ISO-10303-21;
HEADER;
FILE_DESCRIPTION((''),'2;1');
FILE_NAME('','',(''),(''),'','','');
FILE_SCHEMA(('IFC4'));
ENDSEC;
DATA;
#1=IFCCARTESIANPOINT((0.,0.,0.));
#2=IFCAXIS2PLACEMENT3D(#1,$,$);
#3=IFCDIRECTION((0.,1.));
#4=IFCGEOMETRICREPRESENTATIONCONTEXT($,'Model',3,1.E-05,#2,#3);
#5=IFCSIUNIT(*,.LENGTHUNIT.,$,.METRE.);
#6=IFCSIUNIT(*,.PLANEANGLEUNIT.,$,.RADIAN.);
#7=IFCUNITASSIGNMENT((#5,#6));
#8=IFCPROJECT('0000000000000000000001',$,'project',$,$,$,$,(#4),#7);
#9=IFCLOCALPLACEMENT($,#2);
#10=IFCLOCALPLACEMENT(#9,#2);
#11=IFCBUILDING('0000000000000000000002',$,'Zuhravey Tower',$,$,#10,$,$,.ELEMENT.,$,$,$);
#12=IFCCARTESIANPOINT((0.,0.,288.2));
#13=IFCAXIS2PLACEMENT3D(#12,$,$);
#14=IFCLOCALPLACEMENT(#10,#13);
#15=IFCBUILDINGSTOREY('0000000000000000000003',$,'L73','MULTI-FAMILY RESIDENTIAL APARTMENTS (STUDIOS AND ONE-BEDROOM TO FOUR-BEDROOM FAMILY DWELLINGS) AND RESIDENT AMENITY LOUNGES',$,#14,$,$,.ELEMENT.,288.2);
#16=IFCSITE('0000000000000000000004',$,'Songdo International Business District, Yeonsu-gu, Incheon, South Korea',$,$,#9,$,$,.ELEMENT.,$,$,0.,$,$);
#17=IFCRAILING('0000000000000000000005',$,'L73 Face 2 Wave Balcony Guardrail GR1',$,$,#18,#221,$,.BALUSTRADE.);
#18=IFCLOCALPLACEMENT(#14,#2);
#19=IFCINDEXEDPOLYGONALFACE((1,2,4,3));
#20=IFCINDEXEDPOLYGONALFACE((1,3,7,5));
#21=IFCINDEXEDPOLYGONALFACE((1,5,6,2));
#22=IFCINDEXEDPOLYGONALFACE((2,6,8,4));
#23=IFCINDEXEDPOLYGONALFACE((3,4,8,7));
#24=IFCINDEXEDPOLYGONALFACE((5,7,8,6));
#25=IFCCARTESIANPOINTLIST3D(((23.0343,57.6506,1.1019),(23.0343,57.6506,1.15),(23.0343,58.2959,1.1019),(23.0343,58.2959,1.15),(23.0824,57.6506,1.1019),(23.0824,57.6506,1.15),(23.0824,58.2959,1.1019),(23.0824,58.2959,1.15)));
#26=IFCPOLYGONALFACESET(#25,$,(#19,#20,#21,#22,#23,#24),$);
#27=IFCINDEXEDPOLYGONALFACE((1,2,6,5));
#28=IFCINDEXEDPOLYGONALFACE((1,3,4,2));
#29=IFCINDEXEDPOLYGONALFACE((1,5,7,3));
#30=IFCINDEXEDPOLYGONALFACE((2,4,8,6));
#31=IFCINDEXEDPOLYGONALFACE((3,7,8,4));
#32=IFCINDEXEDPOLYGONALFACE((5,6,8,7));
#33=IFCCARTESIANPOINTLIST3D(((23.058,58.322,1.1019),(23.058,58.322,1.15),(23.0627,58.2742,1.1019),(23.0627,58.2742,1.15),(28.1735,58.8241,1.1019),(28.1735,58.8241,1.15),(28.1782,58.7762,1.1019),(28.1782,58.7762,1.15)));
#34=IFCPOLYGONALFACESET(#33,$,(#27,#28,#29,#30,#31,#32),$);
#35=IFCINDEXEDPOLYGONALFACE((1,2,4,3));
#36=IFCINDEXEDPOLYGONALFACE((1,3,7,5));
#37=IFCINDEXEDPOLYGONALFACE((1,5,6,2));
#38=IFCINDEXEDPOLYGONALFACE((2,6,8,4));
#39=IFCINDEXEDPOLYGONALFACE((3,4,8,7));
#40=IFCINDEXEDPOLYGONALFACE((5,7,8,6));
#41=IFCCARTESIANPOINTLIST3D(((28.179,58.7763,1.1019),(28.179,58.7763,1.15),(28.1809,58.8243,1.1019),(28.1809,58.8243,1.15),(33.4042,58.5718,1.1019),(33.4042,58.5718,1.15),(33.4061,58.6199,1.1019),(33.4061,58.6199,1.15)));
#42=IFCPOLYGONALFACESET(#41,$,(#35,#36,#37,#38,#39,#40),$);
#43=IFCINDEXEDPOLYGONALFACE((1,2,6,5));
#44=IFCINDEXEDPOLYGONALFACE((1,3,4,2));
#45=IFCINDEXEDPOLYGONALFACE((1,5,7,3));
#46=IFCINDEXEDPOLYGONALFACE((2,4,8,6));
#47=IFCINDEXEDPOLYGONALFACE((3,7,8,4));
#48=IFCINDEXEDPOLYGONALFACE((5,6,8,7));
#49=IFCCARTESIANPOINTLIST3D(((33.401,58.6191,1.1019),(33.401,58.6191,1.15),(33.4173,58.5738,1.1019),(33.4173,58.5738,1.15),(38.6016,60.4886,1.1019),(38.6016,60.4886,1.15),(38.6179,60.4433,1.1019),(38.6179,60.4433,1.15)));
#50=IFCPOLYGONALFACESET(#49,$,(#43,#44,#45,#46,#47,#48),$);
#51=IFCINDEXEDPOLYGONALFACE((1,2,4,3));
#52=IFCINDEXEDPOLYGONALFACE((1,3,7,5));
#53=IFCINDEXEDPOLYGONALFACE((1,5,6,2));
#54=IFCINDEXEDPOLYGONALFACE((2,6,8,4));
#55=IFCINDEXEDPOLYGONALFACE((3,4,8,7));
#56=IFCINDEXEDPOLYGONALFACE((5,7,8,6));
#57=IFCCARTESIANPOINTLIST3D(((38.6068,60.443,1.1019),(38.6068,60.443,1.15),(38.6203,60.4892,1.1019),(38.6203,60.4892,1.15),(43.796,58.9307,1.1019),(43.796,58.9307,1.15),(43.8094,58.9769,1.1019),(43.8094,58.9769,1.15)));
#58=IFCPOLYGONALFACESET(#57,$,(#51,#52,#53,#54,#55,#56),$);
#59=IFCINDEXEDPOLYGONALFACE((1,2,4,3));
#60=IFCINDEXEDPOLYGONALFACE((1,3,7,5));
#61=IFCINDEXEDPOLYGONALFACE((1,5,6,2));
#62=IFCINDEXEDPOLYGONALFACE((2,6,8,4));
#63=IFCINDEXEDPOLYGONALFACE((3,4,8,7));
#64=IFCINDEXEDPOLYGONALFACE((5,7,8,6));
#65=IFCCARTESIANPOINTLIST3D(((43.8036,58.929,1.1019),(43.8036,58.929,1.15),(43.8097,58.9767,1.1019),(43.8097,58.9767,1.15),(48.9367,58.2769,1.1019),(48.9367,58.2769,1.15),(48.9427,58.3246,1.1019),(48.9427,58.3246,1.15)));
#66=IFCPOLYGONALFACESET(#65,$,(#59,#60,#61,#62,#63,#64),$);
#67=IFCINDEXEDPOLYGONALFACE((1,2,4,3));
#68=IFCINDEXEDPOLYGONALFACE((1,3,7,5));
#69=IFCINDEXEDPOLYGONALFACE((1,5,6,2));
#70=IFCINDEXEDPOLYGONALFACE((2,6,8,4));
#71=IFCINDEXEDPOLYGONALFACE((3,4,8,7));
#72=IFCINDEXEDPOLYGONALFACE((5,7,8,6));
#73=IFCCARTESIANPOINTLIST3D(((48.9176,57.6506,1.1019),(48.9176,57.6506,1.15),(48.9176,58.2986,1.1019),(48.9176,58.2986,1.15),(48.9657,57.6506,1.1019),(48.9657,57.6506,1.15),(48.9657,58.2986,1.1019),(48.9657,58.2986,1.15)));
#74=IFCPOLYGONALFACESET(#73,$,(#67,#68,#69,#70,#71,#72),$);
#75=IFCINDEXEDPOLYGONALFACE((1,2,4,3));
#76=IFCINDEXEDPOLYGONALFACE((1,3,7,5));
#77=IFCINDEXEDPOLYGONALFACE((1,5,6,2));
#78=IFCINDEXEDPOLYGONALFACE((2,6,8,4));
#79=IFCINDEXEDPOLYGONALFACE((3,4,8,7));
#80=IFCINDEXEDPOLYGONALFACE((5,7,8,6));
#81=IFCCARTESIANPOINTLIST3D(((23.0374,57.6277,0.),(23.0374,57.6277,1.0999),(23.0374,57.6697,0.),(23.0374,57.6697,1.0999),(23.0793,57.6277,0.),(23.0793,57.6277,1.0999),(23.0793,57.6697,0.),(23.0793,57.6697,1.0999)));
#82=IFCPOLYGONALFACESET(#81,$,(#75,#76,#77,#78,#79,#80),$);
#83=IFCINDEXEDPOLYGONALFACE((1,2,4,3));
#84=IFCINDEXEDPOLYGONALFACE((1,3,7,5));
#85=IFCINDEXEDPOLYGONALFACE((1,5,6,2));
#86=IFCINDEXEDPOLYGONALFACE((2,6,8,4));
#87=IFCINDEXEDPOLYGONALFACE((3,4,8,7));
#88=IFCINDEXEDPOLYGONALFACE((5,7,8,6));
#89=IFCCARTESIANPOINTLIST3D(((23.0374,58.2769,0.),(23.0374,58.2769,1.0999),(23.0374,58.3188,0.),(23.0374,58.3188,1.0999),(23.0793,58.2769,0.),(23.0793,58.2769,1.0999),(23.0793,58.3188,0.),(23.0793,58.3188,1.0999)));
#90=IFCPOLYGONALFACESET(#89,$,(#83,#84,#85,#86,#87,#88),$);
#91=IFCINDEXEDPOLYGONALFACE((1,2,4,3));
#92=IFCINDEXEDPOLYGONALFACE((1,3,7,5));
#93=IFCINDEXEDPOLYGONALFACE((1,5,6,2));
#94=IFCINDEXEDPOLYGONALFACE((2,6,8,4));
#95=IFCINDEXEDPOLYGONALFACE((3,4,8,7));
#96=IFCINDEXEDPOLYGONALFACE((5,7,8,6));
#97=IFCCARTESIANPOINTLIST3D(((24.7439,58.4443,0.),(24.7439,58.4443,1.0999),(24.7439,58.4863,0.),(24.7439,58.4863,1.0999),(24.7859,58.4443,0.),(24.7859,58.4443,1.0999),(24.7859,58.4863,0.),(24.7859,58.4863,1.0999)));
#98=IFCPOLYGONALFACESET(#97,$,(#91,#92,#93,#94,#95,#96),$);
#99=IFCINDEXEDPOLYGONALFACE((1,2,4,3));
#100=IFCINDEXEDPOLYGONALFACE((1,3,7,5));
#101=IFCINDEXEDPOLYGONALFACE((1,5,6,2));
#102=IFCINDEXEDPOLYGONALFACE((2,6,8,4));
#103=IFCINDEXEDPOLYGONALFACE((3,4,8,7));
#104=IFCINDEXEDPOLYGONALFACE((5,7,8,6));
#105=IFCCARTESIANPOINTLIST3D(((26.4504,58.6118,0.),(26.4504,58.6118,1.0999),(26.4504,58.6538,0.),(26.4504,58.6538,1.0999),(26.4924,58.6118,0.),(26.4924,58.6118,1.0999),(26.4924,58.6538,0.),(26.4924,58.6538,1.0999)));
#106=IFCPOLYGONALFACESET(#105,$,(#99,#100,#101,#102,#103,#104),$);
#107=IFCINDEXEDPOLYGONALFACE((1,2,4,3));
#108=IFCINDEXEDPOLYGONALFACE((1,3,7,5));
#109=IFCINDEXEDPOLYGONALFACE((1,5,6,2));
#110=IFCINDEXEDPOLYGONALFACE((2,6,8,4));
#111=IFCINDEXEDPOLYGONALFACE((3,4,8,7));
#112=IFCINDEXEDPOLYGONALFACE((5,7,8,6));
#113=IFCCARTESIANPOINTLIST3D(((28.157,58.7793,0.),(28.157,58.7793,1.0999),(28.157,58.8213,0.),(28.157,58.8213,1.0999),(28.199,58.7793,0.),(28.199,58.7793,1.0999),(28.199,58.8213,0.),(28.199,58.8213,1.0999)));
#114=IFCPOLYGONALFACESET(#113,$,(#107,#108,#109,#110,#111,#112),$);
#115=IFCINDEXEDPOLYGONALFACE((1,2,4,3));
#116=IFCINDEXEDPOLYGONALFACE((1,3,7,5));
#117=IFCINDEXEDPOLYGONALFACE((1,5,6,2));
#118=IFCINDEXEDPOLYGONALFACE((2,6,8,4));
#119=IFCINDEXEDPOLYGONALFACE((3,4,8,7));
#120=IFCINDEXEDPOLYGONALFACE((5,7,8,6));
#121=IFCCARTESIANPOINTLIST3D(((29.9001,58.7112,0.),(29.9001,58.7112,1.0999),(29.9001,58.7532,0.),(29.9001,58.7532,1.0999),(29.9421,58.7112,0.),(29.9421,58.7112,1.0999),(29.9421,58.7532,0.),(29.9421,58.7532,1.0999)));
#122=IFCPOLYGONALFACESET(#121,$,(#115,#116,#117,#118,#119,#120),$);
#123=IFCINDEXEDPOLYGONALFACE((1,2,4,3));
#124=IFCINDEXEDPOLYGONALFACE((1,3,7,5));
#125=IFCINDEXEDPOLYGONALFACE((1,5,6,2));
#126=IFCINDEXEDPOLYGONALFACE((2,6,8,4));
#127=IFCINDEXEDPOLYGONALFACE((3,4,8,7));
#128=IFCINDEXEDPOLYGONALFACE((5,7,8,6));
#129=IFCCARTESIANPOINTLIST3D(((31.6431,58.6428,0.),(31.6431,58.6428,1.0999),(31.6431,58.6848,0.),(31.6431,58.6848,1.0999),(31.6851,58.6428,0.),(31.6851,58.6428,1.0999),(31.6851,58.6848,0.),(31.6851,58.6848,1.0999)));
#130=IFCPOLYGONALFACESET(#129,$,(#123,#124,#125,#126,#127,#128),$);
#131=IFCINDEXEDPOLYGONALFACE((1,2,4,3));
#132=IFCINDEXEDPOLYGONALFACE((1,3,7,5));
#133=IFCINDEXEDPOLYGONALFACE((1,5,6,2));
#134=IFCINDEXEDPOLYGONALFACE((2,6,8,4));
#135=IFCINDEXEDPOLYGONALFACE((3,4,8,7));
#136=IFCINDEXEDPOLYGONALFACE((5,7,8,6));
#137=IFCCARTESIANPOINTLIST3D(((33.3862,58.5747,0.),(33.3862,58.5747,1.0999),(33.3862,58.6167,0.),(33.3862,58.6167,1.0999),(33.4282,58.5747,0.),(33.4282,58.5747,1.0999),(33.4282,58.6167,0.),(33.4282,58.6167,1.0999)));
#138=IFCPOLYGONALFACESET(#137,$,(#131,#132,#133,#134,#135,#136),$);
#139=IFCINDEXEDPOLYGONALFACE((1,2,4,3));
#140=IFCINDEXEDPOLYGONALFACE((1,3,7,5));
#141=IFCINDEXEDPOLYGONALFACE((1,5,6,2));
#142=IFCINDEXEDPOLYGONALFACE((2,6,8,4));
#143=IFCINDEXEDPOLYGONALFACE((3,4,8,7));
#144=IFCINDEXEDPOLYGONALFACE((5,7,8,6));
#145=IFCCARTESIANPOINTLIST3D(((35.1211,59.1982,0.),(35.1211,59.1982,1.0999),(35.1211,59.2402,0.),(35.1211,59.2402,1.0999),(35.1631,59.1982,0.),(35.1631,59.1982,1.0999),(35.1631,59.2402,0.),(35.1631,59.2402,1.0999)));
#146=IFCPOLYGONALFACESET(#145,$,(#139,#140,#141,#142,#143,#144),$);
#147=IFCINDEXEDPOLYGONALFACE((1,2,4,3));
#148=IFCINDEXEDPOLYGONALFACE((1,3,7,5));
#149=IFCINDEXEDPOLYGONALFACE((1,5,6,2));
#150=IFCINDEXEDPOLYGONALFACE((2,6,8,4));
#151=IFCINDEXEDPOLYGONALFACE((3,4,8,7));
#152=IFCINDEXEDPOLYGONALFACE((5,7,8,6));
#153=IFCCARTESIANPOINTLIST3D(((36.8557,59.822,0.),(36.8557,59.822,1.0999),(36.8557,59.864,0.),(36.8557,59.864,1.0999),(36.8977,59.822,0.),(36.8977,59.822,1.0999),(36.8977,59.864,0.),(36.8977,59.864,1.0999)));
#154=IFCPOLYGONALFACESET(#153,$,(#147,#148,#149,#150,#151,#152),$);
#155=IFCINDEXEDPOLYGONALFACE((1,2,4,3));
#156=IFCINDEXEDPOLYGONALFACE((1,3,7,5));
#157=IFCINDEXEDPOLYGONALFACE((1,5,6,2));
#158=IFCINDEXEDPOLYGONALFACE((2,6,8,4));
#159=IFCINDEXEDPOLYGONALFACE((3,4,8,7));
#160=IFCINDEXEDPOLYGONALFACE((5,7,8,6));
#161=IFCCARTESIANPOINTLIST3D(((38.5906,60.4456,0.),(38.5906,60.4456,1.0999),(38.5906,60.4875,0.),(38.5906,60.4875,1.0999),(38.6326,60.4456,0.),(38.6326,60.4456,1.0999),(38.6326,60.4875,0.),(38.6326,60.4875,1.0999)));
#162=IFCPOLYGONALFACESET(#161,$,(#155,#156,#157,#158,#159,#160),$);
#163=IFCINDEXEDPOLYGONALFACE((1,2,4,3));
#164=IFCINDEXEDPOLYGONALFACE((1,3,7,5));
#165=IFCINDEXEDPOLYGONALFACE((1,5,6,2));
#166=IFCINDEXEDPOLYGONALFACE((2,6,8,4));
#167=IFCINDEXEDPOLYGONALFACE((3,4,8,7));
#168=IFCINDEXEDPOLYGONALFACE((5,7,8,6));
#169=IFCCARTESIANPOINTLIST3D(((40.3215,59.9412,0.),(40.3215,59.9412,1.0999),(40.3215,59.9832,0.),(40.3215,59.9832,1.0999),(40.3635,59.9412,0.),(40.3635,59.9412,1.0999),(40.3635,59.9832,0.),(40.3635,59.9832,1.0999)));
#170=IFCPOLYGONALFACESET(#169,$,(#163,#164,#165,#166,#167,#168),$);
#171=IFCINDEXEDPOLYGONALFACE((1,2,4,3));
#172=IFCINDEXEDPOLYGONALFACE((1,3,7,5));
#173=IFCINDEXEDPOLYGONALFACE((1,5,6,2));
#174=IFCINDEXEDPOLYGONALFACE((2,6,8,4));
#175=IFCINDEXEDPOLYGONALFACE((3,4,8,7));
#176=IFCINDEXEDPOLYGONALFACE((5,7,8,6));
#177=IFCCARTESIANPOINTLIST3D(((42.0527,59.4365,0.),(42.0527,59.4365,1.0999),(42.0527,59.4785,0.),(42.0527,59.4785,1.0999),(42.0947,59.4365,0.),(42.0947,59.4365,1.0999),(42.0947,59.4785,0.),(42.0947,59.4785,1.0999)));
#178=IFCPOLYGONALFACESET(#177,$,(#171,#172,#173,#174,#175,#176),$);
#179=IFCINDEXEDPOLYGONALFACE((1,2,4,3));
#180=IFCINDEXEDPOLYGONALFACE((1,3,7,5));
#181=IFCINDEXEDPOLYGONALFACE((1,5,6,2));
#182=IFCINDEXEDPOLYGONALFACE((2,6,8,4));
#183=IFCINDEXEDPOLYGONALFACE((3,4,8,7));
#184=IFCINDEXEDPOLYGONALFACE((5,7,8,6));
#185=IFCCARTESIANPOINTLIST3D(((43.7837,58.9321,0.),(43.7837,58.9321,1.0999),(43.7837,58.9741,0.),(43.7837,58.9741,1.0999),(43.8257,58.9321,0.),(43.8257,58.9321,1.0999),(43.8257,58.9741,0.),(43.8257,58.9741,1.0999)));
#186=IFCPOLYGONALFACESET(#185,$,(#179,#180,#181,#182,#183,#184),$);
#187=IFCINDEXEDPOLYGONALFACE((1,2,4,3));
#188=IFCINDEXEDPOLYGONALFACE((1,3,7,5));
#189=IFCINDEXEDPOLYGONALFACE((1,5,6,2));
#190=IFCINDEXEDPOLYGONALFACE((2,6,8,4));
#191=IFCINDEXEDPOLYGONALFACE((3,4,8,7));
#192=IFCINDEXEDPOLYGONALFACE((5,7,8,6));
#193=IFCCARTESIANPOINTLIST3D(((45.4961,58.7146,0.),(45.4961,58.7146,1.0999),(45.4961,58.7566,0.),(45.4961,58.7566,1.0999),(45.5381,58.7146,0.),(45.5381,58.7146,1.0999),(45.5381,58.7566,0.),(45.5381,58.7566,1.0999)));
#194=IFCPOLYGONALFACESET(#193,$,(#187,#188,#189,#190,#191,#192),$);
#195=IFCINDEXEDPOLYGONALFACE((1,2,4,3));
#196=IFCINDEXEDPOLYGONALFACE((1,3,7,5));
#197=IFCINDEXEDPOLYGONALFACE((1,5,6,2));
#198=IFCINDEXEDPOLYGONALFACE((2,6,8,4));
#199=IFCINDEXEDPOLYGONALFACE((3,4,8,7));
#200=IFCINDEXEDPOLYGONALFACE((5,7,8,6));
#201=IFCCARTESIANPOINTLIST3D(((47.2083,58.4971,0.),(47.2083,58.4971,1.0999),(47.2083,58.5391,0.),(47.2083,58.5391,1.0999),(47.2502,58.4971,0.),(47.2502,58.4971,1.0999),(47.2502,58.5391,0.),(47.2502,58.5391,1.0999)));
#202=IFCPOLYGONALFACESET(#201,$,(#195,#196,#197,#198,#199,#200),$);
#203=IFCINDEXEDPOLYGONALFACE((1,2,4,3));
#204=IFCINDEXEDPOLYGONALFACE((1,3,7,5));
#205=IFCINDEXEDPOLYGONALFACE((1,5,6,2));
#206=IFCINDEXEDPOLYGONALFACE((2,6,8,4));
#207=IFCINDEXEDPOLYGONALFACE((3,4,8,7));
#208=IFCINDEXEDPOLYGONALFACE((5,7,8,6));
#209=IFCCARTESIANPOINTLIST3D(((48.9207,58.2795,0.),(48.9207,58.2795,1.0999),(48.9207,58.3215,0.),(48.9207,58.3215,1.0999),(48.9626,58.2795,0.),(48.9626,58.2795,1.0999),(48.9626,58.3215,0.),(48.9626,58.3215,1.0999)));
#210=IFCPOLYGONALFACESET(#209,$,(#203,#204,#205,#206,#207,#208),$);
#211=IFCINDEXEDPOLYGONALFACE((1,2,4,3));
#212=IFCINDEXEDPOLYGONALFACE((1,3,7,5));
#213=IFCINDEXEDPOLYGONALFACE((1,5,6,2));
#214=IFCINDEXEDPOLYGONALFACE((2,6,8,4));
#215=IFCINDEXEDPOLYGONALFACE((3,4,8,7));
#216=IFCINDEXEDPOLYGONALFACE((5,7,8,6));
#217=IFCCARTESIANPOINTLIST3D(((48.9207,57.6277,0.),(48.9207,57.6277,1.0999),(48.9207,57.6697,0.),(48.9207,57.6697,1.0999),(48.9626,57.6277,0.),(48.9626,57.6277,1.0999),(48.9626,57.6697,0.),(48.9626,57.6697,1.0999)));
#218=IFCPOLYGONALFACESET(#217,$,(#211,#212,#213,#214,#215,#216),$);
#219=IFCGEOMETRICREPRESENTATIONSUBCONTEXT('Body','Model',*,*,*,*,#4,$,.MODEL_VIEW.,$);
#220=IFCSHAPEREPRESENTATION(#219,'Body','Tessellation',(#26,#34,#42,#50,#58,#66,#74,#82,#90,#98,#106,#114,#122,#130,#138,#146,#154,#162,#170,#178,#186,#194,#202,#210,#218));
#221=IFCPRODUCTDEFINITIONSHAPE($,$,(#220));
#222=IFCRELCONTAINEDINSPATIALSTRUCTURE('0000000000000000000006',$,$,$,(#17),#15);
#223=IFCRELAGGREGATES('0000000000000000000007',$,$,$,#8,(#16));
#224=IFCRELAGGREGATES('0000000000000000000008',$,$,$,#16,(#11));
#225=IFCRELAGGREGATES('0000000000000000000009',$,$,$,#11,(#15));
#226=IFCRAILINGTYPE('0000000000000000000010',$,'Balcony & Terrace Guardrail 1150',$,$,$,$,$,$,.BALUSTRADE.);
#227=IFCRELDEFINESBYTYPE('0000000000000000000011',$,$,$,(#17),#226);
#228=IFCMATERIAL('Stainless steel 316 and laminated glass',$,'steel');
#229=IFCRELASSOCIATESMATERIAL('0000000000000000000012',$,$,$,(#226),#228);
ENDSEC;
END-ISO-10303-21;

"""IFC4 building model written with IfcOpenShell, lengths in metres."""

from ifc_helpers import new_model, si_unit, direction, frame, origin, origin_2d, place, context, subcontext, project, spatial, rectangle, extrude, material, type_object, element, save


model = new_model("IFC4")

# Units and contexts
model_context = context("Model", 3, precision=1e-05, world=origin(), true_north=direction((0.0, 1.0)))
body_context = subcontext(model_context, "Body", "Model", "MODEL_VIEW")
ifc_project = project(units=[si_unit("LENGTHUNIT", "METRE"), si_unit("PLANEANGLEUNIT", "RADIAN")], contexts=[model_context])

# Site, building, storey
site_placement = place(None, origin())
site = spatial("IfcSite", under=ifc_project, at=site_placement, Name="Songdo International Business District, Yeonsu-gu, Incheon, South Korea", CompositionType="ELEMENT", RefElevation=0.0)
building_placement = place(site_placement, origin())
building = spatial("IfcBuilding", under=site, at=building_placement, Name="Zuhravey Tower", CompositionType="ELEMENT")
storey_placement = place(building_placement, frame((0.0, 0.0, 288.2)))
storey = spatial("IfcBuildingStorey", under=building, at=storey_placement, Name="L73", Description="MULTI-FAMILY RESIDENTIAL APARTMENTS (STUDIOS AND ONE-BEDROOM TO FOUR-BEDROOM FAMILY DWELLINGS) AND RESIDENT AMENITY LOUNGES", CompositionType="ELEMENT", Elevation=288.2)

# Railing
ifc_material_1 = material(Name="Stainless steel 316 and laminated glass", Category="steel")
railing_type_1 = type_object("IfcRailingType", Name="Balcony & Terrace Guardrail 1150", PredefinedType="BALUSTRADE", material=ifc_material_1)
railing_1_placement = place(storey_placement, frame((23.0583, 57.6487, 0.0)))
element("IfcRailing", 1, at=railing_1_placement, inside=storey, type_object=railing_type_1, Name="L73 Face 2 Wave Balcony Guardrail GR1", PredefinedType="BALUSTRADE", context=body_context, shape_type="SweptSolid", body=[
    extrude(rectangle(XDim=0.0481, YDim=0.0481, at=origin_2d()), frame((0.0, 0.002, 1.126), z_axis=(0.0, 1.0, 0.0), x_axis=(-1.0, 0.0, 0.0)), (0.0, 0.0, 1.0), 0.6453),
    extrude(rectangle(XDim=0.0481, YDim=0.0481, at=origin_2d()), frame((0.002, 0.6494, 1.126), z_axis=(0.995219, 0.097671, 0.0), x_axis=(-0.097671, 0.995219, 0.0)), (0.0, 0.0, 1.0), 5.1401),
    extrude(rectangle(XDim=0.0481, YDim=0.0481, at=origin_2d()), frame((5.1216, 1.1516, 1.126), z_axis=(0.999236, -0.039094, 0.0), x_axis=(0.039094, 0.999236, 0.0)), (0.0, 0.0, 1.0), 5.2292),
    extrude(rectangle(XDim=0.0481, YDim=0.0481, at=origin_2d()), frame((10.3508, 0.9478, 1.126), z_axis=(0.941044, 0.338285, 0.0), x_axis=(-0.338285, 0.941044, 0.0)), (0.0, 0.0, 1.0), 5.5264),
    extrude(rectangle(XDim=0.0481, YDim=0.0481, at=origin_2d()), frame((15.5552, 2.8174, 1.126), z_axis=(0.960061, -0.27979, 0.0), x_axis=(0.27979, 0.960061, 0.0)), (0.0, 0.0, 1.0), 5.405),
    extrude(rectangle(XDim=0.0481, YDim=0.0481, at=origin_2d()), frame((20.7483, 1.3042, 1.126), z_axis=(0.992027, -0.126025, 0.0), x_axis=(0.126025, 0.992027, 0.0)), (0.0, 0.0, 1.0), 5.1743),
    extrude(rectangle(XDim=0.0481, YDim=0.0481, at=origin_2d()), frame((25.8833, 0.6499, 1.126), z_axis=(0.0, -1.0, 0.0), x_axis=(1.0, 0.0, 0.0)), (0.0, 0.0, 1.0), 0.6479),
    extrude(rectangle(XDim=0.042, YDim=0.042, at=origin_2d()), origin(), (0.0, 0.0, 1.0), 1.0999),
    extrude(rectangle(XDim=0.042, YDim=0.042, at=origin_2d()), frame((0.0, 0.6492, 0.0)), (0.0, 0.0, 1.0), 1.0999),
    extrude(rectangle(XDim=0.042, YDim=0.042, at=origin_2d()), frame((1.7065, 0.8167, 0.0)), (0.0, 0.0, 1.0), 1.0999),
    extrude(rectangle(XDim=0.042, YDim=0.042, at=origin_2d()), frame((3.4131, 0.9841, 0.0)), (0.0, 0.0, 1.0), 1.0999),
    extrude(rectangle(XDim=0.042, YDim=0.042, at=origin_2d()), frame((5.1196, 1.1516, 0.0)), (0.0, 0.0, 1.0), 1.0999),
    extrude(rectangle(XDim=0.042, YDim=0.042, at=origin_2d()), frame((6.8628, 1.0835, 0.0)), (0.0, 0.0, 1.0), 1.0999),
    extrude(rectangle(XDim=0.042, YDim=0.042, at=origin_2d()), frame((8.6057, 1.0151, 0.0)), (0.0, 0.0, 1.0), 1.0999),
    extrude(rectangle(XDim=0.042, YDim=0.042, at=origin_2d()), frame((10.3489, 0.947, 0.0)), (0.0, 0.0, 1.0), 1.0999),
    extrude(rectangle(XDim=0.042, YDim=0.042, at=origin_2d()), frame((12.0837, 1.5706, 0.0)), (0.0, 0.0, 1.0), 1.0999),
    extrude(rectangle(XDim=0.042, YDim=0.042, at=origin_2d()), frame((13.8184, 2.1943, 0.0)), (0.0, 0.0, 1.0), 1.0999),
    extrude(rectangle(XDim=0.042, YDim=0.042, at=origin_2d()), frame((15.5532, 2.8179, 0.0)), (0.0, 0.0, 1.0), 1.0999),
    extrude(rectangle(XDim=0.042, YDim=0.042, at=origin_2d()), frame((17.2842, 2.3135, 0.0)), (0.0, 0.0, 1.0), 1.0999),
    extrude(rectangle(XDim=0.042, YDim=0.042, at=origin_2d()), frame((19.0154, 1.8088, 0.0)), (0.0, 0.0, 1.0), 1.0999),
    extrude(rectangle(XDim=0.042, YDim=0.042, at=origin_2d()), frame((20.7463, 1.3044, 0.0)), (0.0, 0.0, 1.0), 1.0999),
    extrude(rectangle(XDim=0.042, YDim=0.042, at=origin_2d()), frame((22.4587, 1.0869, 0.0)), (0.0, 0.0, 1.0), 1.0999),
    extrude(rectangle(XDim=0.042, YDim=0.042, at=origin_2d()), frame((24.1709, 0.8694, 0.0)), (0.0, 0.0, 1.0), 1.0999),
    extrude(rectangle(XDim=0.042, YDim=0.042, at=origin_2d()), frame((25.8833, 0.6519, 0.0)), (0.0, 0.0, 1.0), 1.0999),
    extrude(rectangle(XDim=0.042, YDim=0.042, at=origin_2d()), frame((25.8833, 0.0, 0.0)), (0.0, 0.0, 1.0), 1.0999),
])

save(model, "model.ifc")
